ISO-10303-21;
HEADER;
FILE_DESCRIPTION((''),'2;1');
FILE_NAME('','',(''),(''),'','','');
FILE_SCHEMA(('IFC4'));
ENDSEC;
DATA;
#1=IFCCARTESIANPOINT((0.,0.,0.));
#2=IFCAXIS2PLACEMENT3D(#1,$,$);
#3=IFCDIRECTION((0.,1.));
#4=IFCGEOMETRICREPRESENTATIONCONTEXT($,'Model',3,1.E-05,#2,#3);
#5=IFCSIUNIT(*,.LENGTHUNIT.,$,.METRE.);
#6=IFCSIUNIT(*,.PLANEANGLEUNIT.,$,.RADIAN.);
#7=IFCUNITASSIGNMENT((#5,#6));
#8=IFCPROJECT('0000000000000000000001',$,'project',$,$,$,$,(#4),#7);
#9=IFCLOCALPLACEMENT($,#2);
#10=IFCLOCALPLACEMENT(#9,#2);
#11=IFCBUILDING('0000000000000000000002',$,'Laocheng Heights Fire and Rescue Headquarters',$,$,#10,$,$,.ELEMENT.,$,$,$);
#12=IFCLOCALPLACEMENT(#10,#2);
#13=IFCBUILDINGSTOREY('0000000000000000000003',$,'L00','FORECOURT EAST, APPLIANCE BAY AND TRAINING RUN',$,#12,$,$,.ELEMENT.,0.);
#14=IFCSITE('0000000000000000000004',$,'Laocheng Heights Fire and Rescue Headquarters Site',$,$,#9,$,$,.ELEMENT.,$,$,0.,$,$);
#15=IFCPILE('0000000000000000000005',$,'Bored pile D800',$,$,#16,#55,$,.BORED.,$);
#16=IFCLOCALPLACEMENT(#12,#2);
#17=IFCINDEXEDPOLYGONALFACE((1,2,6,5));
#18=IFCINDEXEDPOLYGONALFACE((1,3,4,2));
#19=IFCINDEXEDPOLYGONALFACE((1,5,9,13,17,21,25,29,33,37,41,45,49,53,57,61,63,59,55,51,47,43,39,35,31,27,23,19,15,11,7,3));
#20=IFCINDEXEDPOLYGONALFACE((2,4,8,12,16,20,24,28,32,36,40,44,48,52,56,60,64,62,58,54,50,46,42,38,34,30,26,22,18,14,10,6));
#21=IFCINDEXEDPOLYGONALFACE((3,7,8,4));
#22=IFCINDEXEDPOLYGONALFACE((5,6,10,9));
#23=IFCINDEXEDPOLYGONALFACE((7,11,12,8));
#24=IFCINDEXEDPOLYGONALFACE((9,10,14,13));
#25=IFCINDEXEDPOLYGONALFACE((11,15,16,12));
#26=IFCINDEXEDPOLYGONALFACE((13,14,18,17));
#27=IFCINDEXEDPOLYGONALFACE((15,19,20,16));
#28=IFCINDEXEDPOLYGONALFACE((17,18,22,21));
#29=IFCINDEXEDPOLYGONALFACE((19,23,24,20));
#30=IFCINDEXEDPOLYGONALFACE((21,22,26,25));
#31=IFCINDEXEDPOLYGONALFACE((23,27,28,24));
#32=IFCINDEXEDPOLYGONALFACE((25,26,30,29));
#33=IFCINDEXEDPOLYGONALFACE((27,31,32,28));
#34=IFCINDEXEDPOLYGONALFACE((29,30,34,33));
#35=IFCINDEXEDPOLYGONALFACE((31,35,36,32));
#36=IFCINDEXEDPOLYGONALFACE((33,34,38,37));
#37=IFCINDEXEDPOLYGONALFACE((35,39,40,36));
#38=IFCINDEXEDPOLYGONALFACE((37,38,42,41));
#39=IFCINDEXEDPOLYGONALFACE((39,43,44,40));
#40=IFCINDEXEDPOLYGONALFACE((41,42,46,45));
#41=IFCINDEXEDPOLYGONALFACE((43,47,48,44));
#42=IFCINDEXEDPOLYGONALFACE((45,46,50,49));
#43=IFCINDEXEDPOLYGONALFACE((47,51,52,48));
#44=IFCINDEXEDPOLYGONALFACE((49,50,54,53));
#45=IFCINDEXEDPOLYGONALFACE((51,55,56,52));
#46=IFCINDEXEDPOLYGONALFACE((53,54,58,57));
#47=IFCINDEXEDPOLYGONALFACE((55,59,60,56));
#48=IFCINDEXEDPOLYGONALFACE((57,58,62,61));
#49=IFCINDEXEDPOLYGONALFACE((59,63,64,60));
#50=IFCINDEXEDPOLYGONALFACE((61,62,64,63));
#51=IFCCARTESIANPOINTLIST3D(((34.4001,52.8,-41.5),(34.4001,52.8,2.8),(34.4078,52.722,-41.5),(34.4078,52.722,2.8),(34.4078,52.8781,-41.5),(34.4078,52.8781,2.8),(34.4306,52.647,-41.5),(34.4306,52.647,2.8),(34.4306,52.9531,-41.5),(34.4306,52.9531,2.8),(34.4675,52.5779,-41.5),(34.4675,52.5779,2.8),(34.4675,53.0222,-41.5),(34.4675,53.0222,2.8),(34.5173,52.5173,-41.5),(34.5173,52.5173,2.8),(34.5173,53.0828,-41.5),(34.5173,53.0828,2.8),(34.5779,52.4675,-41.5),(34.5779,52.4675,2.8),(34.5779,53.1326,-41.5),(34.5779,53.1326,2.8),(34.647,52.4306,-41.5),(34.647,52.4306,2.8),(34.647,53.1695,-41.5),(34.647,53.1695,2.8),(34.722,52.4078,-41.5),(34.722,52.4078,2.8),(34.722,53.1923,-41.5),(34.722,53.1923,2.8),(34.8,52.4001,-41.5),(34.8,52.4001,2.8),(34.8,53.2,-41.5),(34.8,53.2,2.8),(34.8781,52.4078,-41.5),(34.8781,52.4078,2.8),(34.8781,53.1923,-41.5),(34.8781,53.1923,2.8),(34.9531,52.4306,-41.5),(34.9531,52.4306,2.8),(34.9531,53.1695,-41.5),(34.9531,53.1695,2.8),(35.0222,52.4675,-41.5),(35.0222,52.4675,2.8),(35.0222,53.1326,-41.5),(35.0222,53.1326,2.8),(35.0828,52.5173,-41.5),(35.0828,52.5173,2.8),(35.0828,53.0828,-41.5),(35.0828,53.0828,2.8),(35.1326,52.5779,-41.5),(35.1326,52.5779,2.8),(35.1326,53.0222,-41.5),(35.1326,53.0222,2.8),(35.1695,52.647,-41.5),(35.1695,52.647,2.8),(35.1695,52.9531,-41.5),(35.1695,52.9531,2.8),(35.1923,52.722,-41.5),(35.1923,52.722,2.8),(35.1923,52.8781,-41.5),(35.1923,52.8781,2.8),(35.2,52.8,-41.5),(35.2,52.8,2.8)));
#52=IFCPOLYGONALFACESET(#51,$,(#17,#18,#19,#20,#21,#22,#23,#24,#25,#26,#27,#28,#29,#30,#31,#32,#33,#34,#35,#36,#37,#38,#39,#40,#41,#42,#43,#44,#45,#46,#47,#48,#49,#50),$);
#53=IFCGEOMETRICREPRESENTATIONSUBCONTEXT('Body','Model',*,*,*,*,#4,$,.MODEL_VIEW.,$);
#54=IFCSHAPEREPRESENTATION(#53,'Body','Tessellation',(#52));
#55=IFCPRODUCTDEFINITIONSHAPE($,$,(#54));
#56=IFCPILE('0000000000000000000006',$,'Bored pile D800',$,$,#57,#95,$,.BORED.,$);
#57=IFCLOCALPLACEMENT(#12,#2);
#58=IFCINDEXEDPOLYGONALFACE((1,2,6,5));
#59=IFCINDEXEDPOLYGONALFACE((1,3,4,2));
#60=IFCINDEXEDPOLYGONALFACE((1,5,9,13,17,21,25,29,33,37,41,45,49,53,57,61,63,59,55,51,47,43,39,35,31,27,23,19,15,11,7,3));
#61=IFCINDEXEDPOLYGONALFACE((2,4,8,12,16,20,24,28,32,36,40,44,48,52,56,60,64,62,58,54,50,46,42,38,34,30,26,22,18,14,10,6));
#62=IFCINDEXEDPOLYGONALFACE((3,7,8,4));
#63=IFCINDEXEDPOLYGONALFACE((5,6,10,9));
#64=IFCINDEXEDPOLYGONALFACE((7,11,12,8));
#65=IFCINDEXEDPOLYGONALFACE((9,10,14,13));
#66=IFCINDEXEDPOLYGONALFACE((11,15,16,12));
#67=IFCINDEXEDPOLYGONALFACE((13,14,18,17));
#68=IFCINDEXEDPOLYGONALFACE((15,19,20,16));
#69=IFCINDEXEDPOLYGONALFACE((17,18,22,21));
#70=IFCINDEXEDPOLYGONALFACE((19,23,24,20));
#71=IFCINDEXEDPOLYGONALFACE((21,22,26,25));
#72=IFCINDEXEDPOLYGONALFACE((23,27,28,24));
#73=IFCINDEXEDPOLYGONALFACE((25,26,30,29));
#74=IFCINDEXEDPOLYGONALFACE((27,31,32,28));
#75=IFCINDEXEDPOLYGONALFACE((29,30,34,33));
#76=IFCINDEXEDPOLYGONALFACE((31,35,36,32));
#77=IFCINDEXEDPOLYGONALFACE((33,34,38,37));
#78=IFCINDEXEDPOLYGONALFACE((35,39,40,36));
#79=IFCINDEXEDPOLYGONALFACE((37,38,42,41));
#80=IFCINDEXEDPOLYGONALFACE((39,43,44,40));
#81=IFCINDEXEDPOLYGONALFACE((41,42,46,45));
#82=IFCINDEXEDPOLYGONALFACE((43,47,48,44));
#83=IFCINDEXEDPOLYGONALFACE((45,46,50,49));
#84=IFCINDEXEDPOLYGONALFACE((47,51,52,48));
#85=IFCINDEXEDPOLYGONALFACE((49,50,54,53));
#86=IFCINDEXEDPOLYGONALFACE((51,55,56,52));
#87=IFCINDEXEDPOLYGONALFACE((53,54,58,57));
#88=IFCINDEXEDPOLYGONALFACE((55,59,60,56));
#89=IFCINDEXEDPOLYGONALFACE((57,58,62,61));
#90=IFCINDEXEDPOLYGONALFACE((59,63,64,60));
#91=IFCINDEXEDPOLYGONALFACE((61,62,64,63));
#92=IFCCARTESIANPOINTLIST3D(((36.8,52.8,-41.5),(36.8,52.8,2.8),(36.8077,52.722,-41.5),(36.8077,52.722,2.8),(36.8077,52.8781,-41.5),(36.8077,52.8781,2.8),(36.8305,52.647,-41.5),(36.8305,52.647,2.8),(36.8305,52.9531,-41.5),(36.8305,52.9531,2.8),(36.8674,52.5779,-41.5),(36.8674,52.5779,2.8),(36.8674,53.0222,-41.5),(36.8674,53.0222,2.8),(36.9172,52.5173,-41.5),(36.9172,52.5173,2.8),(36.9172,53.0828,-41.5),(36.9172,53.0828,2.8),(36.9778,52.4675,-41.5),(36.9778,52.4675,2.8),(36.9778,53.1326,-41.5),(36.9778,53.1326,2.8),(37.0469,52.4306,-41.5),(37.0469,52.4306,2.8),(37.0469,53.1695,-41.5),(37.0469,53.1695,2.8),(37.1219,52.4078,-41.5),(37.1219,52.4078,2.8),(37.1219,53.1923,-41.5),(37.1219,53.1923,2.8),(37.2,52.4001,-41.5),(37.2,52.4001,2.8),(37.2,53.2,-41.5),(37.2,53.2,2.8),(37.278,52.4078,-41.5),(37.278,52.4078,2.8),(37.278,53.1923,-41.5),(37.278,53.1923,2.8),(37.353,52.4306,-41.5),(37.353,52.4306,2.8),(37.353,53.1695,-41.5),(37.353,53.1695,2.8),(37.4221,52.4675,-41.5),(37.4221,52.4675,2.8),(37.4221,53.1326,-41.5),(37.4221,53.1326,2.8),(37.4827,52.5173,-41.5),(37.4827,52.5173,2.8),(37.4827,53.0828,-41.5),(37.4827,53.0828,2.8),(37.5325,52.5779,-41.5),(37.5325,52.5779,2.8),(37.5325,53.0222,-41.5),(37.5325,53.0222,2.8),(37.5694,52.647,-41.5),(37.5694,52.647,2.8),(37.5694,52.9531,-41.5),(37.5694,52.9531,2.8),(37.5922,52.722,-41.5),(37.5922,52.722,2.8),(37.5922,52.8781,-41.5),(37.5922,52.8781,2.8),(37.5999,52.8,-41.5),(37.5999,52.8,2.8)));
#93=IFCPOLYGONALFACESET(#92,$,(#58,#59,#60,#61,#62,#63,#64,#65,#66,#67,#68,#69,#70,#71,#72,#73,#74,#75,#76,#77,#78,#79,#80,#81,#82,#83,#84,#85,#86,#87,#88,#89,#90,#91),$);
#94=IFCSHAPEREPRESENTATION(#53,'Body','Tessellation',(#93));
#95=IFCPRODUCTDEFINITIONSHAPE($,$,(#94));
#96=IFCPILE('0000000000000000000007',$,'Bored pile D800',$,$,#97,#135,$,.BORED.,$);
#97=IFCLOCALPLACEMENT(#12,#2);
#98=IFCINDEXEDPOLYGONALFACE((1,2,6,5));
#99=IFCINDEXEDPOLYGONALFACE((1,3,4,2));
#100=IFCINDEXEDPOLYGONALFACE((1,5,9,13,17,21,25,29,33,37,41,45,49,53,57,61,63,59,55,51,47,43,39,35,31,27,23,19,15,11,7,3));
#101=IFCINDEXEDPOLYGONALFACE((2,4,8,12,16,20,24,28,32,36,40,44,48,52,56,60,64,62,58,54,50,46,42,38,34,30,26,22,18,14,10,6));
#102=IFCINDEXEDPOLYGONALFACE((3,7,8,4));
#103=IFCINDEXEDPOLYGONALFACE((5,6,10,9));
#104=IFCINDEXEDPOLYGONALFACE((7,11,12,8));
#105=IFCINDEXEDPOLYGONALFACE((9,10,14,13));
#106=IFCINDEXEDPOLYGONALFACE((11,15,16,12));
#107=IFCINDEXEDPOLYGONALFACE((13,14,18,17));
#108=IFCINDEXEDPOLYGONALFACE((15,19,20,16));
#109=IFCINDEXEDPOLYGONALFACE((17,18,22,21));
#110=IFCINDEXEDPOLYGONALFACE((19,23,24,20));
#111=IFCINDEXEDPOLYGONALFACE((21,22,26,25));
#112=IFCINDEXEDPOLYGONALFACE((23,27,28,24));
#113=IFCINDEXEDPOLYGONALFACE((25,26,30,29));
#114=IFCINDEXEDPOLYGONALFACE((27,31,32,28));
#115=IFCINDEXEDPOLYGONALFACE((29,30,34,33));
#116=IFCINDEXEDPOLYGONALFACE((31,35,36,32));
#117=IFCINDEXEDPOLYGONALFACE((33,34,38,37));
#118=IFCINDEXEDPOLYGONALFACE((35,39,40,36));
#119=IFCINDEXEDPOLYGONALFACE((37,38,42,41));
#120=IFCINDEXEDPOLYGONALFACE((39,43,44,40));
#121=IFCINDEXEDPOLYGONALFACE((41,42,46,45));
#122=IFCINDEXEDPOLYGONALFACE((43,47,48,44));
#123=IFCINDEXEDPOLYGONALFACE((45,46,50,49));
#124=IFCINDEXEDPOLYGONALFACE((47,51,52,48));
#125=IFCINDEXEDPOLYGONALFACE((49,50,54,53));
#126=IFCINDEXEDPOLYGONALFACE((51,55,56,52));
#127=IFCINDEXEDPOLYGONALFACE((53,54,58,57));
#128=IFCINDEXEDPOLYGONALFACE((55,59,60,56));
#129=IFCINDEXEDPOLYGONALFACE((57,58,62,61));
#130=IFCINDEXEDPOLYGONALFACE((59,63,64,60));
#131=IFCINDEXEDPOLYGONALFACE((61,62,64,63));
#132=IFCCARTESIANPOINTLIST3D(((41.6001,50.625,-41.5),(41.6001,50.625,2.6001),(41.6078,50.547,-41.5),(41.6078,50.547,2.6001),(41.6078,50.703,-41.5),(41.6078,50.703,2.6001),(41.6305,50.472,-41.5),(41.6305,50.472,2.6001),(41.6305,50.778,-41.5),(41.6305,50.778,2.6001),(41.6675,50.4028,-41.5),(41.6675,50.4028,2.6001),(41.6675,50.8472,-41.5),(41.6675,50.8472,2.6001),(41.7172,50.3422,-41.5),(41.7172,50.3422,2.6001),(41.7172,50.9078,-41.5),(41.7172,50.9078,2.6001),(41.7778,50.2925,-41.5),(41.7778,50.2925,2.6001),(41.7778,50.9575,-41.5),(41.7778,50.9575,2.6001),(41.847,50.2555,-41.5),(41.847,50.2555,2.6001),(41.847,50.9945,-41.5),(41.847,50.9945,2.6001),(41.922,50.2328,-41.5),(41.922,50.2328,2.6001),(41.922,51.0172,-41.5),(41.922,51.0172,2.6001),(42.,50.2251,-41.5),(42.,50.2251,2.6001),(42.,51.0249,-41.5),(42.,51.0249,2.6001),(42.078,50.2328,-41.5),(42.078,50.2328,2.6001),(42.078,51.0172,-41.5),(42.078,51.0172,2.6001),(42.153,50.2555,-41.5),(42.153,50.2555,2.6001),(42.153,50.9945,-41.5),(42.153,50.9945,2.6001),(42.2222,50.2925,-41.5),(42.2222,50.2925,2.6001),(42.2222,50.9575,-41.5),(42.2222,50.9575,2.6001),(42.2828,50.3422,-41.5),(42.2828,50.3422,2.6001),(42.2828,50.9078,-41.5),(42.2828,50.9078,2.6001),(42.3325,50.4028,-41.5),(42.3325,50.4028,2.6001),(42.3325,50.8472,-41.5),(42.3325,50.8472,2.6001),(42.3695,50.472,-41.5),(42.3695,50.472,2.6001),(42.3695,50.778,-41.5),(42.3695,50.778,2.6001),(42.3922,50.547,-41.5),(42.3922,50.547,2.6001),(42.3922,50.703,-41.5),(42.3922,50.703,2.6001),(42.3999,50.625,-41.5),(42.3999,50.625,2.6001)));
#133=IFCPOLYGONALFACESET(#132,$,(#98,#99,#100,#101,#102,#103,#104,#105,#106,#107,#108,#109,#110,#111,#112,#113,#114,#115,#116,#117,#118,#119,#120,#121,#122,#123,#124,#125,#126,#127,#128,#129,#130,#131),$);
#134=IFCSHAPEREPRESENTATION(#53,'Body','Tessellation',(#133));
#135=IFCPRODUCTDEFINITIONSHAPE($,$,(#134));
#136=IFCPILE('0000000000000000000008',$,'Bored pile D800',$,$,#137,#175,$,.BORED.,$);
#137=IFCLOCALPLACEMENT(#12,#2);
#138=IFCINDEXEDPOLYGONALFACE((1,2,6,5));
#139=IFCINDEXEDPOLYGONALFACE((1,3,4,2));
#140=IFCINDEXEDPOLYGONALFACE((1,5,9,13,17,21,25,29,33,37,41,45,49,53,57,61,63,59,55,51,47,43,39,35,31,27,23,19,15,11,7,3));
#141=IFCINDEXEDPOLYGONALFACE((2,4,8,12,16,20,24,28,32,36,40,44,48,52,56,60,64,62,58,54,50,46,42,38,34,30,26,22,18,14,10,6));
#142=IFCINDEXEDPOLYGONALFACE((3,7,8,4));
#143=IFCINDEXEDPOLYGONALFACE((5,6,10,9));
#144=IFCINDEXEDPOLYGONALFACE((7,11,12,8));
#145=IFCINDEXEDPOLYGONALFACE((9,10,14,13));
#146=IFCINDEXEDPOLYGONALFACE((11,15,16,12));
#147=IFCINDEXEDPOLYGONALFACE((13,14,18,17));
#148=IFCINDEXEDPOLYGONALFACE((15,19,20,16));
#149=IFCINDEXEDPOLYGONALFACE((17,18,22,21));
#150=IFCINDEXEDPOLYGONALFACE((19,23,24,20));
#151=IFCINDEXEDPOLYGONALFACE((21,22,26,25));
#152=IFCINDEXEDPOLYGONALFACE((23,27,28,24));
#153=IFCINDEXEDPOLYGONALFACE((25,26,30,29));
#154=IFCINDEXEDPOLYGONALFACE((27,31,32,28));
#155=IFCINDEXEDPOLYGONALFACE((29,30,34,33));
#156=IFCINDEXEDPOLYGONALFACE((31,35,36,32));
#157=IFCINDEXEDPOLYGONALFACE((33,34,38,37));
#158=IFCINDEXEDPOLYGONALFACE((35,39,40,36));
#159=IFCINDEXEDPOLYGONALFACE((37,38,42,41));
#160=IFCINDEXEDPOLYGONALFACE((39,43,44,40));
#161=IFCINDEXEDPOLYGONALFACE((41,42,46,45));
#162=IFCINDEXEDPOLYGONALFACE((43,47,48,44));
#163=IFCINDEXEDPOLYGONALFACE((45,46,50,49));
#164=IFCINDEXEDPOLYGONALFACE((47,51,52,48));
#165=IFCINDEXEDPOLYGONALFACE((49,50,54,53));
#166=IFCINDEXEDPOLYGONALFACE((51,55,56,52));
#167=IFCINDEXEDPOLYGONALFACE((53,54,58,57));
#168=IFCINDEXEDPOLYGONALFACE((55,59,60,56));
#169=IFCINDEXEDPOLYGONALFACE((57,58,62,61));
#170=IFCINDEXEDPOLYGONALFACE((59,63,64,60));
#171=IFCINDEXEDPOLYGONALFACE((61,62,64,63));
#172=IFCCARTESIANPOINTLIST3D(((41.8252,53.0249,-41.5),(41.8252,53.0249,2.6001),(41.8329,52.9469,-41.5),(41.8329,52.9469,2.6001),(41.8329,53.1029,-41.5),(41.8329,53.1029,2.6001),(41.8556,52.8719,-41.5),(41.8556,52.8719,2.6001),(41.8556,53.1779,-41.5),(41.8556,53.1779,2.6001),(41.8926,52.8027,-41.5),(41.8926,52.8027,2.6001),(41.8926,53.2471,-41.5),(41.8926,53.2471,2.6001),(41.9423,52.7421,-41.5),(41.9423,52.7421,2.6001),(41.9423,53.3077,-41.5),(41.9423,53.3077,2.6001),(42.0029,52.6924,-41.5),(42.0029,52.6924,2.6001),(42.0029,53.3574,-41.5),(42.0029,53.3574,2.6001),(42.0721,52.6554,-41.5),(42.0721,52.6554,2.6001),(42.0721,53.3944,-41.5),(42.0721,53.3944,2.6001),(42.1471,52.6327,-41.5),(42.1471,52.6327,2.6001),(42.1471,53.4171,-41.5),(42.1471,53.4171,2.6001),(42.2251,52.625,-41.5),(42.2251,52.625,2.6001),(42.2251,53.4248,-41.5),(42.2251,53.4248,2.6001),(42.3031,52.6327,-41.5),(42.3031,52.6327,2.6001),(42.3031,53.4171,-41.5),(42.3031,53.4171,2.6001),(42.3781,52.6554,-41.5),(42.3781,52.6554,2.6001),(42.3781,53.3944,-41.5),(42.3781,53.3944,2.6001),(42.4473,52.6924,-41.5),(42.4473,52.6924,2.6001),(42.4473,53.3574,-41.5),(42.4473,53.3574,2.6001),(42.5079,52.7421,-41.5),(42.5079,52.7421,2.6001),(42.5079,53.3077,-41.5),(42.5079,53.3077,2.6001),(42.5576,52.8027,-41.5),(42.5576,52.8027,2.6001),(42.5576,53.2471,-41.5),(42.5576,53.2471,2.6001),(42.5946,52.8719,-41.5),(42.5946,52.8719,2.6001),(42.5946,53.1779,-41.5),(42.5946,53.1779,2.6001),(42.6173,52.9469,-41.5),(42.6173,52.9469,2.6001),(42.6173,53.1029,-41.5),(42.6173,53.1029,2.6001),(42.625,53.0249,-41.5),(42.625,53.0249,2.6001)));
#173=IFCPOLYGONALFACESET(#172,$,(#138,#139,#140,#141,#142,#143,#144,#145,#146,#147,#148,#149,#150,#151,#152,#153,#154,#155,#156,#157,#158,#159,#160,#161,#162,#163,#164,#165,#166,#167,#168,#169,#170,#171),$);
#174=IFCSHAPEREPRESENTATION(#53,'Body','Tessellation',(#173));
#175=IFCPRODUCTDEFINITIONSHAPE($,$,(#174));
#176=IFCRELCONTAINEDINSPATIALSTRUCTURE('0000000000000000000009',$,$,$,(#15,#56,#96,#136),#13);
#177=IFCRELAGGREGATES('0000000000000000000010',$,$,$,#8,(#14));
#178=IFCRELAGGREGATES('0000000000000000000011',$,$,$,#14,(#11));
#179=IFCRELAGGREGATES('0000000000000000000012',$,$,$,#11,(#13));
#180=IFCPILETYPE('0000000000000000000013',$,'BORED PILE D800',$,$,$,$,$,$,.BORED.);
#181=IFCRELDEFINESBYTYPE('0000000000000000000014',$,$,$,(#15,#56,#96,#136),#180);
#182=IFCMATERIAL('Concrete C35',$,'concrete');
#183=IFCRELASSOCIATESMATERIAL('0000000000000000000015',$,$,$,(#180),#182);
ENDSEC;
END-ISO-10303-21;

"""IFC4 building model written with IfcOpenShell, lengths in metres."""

from ifc_helpers import new_model, si_unit, direction, frame, origin, origin_2d, place, context, subcontext, project, spatial, circle, extrude, material, material_profile, profile_set, type_object, element, save


model = new_model("IFC4")

# Units and contexts
model_context = context("Model", 3, precision=1e-05, world=origin(), true_north=direction((0.0, 1.0)))
body_context = subcontext(model_context, "Body", "Model", "MODEL_VIEW")
ifc_project = project(units=[si_unit("LENGTHUNIT", "METRE"), si_unit("PLANEANGLEUNIT", "RADIAN")], contexts=[model_context])

# Site, building, storey
site_placement = place(None, origin())
site = spatial("IfcSite", under=ifc_project, at=site_placement, Name="Laocheng Heights Fire and Rescue Headquarters Site", CompositionType="ELEMENT", RefElevation=0.0)
building_placement = place(site_placement, origin())
building = spatial("IfcBuilding", under=site, at=building_placement, Name="Laocheng Heights Fire and Rescue Headquarters", CompositionType="ELEMENT")
storey_placement = place(building_placement, origin())
storey = spatial("IfcBuildingStorey", under=building, at=storey_placement, Name="L00", Description="FORECOURT EAST, APPLIANCE BAY AND TRAINING RUN", CompositionType="ELEMENT", Elevation=0.0)

# Piles
ifc_material_1 = material(Name="Concrete C35", Category="concrete")
ifc_material_profile_1 = material_profile(ifc_material_1, circle(Radius=0.3999, at=origin_2d()), Name="BORED PILE D800")
ifc_profile_set_1 = profile_set([ifc_material_profile_1], Name="Concrete C35")
pile_type_1 = type_object("IfcPileType", Name="BORED PILE D800", PredefinedType="BORED", material=ifc_profile_set_1)
for number, where, z_axis, x_axis, name in (
    (1, (34.8, 52.8, 2.8), (0.0, 0.0, -1.0), (1.0, 0.0, 0.0), "Bored pile D800"),
    (2, (37.2, 52.8, 2.8), (0.0, 0.0, -1.0), (1.0, 0.0, 0.0), "Bored pile D800"),
):
    element("IfcPile", number, at=place(storey_placement, frame(where, z_axis=z_axis, x_axis=x_axis)), inside=storey, type_object=pile_type_1, Name=name, PredefinedType="BORED", context=body_context, shape_type="SweptSolid", body=[
        extrude(circle(Radius=0.3999, at=origin_2d()), origin(), (0.0, 0.0, 1.0), 44.3),
    ])
for number, where, z_axis, x_axis, name in (
    (3, (42.0, 50.625, 2.6001), (0.0, 0.0, -1.0), (1.0, 0.0, 0.0), "Bored pile D800"),
    (4, (42.2251, 53.0249, 2.6001), (0.0, 0.0, -1.0), (1.0, 0.0, 0.0), "Bored pile D800"),
):
    element("IfcPile", number, at=place(storey_placement, frame(where, z_axis=z_axis, x_axis=x_axis)), inside=storey, type_object=pile_type_1, Name=name, PredefinedType="BORED", context=body_context, shape_type="SweptSolid", body=[
        extrude(circle(Radius=0.3999, at=origin_2d()), origin(), (0.0, 0.0, 1.0), 44.1001),
    ])

save(model, "model.ifc")
